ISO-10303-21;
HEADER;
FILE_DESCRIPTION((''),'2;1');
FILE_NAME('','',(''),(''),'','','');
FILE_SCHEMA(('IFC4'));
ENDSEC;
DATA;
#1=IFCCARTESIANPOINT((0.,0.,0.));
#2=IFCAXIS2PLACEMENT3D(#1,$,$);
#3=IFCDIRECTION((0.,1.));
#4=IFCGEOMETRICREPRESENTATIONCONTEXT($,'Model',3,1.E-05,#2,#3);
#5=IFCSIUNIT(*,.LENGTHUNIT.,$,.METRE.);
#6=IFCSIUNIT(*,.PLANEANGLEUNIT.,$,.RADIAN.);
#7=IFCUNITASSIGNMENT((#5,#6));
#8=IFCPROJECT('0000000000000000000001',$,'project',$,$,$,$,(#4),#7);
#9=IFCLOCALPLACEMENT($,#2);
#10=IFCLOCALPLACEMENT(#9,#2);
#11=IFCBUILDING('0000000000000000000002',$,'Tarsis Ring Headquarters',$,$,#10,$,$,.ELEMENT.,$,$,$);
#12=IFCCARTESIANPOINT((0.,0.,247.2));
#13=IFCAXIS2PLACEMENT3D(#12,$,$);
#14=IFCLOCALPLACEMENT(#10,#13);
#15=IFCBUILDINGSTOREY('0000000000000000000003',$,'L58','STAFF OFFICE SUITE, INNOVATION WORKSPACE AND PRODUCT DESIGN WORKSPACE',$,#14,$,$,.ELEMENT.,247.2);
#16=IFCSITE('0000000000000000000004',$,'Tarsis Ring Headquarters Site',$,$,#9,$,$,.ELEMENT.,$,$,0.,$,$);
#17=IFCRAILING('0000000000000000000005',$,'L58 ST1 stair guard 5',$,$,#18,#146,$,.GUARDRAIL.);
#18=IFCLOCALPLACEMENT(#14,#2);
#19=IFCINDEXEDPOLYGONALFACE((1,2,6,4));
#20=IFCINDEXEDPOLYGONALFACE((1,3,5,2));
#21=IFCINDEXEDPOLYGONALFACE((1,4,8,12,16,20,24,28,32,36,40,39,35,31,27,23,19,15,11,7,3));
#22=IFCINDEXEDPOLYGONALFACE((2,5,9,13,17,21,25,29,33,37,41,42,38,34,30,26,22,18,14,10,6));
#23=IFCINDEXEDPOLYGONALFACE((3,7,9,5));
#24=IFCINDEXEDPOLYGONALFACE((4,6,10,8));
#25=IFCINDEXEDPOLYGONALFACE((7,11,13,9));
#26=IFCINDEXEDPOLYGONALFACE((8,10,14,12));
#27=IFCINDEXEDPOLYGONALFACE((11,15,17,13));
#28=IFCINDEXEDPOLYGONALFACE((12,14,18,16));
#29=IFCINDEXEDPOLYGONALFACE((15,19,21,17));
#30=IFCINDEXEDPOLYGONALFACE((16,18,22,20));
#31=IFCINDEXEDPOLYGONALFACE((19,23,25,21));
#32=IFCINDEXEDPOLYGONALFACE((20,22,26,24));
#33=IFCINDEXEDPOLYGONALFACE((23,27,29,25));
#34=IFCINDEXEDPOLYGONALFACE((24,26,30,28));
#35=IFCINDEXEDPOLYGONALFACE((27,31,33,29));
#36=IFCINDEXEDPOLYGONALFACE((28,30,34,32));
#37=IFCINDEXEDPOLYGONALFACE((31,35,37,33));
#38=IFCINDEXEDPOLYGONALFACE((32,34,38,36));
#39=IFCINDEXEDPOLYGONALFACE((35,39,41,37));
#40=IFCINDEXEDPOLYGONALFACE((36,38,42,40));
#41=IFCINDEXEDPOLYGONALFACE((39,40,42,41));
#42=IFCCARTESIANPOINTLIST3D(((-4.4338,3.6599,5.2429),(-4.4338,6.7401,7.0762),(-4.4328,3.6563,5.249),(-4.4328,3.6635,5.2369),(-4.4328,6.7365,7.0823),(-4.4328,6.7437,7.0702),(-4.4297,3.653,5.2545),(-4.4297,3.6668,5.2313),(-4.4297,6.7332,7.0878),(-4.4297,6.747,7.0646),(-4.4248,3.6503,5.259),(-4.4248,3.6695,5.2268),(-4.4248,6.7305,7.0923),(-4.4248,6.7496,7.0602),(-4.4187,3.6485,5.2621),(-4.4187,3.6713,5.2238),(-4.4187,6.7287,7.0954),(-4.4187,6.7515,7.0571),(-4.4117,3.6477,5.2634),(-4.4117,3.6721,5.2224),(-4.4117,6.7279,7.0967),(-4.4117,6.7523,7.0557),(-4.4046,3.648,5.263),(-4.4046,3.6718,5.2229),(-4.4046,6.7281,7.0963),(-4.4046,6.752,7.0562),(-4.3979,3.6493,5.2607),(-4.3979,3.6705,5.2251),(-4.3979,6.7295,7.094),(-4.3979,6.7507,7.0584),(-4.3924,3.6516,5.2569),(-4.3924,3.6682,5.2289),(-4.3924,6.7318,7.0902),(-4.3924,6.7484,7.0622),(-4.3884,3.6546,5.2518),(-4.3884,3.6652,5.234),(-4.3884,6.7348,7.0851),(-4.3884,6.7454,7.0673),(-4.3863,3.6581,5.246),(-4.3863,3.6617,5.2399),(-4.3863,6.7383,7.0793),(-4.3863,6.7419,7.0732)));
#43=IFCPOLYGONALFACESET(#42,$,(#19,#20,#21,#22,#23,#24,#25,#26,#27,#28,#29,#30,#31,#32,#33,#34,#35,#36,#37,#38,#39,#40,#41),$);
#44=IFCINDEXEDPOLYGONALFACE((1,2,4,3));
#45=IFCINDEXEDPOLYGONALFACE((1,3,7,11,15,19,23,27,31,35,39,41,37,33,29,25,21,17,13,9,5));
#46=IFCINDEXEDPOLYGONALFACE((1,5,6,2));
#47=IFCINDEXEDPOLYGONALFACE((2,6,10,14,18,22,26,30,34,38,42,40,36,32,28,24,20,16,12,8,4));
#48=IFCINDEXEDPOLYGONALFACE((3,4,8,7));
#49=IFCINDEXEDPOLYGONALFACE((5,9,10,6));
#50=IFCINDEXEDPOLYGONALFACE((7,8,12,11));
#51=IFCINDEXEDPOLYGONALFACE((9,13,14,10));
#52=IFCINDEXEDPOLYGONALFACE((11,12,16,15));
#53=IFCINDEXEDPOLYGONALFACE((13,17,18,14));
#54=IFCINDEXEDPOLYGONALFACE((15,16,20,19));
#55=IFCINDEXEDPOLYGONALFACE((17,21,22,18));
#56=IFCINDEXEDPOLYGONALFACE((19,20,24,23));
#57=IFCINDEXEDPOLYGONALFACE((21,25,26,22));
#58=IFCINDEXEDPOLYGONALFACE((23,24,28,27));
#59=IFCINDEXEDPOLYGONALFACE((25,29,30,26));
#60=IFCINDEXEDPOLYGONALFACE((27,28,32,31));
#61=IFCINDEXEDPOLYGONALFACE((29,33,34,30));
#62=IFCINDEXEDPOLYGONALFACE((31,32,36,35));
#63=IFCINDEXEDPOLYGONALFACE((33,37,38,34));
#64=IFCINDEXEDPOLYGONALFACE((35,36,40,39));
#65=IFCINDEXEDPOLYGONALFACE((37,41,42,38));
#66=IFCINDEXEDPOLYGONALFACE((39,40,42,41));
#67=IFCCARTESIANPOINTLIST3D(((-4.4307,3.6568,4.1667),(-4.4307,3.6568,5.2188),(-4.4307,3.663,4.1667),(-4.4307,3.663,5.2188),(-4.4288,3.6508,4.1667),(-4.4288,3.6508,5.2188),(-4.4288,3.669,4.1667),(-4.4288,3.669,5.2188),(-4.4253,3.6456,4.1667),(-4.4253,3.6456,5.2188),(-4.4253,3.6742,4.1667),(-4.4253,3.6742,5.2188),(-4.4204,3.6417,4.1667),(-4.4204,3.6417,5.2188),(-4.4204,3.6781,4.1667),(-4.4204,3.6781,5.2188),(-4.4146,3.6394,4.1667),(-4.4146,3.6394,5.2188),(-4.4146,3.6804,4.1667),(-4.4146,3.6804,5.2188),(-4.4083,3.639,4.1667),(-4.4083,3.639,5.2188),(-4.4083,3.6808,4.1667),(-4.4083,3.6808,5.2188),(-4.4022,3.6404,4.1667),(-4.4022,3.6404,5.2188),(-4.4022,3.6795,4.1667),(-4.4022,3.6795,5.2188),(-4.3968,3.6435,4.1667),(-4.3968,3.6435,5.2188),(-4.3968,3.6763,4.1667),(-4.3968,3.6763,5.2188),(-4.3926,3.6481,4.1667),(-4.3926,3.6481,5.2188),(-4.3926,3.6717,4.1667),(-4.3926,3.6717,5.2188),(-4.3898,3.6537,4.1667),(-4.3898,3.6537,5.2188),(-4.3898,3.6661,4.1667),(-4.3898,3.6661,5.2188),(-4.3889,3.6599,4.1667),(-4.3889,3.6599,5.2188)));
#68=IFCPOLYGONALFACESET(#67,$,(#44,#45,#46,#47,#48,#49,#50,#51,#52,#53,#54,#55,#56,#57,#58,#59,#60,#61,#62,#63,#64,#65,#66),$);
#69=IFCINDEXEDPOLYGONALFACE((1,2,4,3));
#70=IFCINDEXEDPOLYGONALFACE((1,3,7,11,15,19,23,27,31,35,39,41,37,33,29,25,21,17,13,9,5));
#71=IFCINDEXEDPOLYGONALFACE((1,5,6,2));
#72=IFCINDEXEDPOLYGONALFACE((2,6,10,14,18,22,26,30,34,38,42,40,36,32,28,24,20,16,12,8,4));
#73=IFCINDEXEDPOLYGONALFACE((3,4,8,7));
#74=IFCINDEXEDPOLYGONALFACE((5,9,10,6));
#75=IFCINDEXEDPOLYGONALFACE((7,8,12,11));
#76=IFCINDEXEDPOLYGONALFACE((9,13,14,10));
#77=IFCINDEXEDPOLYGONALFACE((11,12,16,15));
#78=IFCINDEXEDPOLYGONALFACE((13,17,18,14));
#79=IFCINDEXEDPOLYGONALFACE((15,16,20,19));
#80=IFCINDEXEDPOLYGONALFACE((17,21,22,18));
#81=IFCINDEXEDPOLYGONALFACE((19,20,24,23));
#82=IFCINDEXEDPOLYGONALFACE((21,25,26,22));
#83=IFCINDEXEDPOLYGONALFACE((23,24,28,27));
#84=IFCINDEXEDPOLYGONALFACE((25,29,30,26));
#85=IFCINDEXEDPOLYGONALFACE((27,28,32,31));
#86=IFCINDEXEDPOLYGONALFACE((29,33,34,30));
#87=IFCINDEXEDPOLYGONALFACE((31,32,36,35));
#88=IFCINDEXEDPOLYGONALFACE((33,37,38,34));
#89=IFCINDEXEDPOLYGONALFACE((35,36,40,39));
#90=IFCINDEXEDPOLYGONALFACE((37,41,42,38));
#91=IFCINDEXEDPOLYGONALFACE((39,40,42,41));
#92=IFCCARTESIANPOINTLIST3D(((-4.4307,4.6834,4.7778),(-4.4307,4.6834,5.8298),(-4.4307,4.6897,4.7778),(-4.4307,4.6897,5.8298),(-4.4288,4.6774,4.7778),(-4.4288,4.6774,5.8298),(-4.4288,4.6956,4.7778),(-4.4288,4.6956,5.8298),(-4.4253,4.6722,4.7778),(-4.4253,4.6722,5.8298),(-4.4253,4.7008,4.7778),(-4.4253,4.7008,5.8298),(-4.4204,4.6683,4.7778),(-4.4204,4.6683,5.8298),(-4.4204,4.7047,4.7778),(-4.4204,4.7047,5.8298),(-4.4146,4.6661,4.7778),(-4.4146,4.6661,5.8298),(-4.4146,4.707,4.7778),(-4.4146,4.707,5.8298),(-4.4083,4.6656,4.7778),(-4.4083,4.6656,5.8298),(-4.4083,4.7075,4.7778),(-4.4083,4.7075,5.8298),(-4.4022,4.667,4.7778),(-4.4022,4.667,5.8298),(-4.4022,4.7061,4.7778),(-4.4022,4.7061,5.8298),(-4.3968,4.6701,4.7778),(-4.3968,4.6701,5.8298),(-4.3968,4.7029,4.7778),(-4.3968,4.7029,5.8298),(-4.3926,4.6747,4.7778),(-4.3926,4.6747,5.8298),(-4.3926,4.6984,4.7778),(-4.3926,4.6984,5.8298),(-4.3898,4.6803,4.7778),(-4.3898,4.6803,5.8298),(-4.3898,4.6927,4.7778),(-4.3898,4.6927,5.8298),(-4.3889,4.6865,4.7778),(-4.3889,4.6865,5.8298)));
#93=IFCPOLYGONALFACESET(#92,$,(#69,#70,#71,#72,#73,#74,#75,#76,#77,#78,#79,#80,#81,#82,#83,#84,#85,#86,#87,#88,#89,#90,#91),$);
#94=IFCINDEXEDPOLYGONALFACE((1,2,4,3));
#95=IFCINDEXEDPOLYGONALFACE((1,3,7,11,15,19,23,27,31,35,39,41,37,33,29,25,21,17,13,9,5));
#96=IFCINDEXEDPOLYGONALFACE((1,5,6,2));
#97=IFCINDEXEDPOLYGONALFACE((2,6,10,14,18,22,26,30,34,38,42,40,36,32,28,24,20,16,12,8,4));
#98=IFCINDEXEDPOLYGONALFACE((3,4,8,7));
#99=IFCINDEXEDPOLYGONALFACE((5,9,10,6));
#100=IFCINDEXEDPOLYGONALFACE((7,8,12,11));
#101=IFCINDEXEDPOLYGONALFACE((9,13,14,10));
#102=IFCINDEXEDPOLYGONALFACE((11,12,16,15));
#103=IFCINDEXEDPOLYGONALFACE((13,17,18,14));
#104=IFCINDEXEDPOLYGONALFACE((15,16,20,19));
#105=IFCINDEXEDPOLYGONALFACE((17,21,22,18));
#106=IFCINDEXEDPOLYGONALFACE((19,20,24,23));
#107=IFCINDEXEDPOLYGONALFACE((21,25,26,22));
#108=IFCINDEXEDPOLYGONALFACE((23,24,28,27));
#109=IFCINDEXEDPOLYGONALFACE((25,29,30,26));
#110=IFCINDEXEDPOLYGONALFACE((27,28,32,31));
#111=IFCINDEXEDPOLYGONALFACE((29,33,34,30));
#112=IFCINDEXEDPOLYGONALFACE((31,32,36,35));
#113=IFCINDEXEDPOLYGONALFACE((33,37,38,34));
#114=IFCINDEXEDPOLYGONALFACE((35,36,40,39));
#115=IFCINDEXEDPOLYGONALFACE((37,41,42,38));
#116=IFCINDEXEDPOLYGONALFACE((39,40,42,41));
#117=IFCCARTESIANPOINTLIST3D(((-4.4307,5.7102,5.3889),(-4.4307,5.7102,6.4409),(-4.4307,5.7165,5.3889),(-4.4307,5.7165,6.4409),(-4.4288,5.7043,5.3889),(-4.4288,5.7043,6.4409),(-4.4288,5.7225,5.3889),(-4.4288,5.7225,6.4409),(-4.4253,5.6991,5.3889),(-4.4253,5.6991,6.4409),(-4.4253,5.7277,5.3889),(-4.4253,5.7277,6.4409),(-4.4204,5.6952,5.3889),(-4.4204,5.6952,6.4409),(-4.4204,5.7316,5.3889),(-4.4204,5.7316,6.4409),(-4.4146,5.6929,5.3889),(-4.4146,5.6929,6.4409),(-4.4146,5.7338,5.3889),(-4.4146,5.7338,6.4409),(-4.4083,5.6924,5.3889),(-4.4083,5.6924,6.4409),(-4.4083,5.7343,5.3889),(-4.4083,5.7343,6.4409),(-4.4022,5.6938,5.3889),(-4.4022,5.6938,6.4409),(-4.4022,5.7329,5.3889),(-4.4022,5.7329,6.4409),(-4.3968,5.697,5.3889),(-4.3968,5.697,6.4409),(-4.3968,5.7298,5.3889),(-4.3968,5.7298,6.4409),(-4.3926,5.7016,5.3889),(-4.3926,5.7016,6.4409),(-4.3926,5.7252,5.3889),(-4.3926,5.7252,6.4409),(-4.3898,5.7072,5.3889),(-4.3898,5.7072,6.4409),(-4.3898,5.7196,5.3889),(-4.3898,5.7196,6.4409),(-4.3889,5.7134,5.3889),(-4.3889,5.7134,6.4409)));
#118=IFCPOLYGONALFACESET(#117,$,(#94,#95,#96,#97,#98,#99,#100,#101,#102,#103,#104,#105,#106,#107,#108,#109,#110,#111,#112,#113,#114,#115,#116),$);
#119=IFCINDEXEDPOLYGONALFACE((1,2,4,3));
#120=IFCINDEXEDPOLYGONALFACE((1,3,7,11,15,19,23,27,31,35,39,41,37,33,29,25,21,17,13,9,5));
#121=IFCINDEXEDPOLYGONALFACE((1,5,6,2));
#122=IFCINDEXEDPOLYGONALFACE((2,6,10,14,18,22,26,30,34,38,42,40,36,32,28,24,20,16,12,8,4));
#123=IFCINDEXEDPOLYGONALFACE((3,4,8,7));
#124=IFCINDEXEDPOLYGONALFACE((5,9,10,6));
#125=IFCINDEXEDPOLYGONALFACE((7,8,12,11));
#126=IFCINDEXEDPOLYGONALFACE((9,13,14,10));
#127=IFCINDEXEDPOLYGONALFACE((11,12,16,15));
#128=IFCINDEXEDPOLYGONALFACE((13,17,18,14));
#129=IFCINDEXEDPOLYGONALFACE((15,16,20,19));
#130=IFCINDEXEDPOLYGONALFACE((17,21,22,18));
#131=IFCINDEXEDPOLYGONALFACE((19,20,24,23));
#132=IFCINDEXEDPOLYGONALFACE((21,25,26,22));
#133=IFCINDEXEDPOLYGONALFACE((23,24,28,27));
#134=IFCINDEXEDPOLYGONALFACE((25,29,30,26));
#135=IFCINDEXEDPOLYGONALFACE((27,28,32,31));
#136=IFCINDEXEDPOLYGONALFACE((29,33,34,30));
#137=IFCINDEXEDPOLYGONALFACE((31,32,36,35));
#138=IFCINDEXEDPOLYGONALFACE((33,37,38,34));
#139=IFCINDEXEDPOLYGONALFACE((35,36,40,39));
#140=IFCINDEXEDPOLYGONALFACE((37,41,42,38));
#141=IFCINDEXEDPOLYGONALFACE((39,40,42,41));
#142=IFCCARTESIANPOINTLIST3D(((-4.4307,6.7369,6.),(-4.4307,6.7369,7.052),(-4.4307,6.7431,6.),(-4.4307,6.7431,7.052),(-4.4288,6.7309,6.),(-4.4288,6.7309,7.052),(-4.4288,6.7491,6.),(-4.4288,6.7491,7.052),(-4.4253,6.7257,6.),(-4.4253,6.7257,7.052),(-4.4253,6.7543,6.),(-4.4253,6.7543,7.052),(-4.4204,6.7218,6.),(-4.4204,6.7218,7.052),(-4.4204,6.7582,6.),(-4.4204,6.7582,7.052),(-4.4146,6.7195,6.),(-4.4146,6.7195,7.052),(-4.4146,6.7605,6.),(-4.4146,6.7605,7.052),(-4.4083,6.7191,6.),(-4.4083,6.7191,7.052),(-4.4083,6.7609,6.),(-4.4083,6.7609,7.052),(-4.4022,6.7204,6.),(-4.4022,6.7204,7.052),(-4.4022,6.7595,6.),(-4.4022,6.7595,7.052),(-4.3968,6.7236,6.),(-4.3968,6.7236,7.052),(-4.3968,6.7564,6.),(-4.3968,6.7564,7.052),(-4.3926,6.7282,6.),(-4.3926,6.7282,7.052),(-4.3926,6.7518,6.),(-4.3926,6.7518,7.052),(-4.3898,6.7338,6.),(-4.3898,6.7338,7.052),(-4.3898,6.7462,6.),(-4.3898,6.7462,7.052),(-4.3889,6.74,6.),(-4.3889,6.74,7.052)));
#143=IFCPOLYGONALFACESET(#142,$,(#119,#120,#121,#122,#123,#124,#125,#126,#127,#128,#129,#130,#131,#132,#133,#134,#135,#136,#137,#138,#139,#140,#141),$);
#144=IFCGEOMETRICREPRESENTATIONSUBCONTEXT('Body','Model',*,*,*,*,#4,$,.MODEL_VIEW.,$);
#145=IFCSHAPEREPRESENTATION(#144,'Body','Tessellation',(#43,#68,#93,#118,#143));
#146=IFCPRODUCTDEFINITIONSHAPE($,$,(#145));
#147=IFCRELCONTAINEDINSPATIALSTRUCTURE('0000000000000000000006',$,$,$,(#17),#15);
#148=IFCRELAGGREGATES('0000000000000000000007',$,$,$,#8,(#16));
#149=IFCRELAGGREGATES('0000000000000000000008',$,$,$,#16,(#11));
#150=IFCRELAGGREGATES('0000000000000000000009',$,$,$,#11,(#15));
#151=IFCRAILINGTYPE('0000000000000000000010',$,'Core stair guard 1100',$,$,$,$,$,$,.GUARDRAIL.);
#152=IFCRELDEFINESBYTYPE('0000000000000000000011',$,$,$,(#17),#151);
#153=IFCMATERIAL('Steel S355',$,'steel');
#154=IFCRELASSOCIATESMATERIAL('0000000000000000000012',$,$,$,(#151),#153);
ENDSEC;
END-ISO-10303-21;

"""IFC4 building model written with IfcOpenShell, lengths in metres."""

from ifc_helpers import new_model, si_unit, direction, frame, origin, origin_2d, place, context, subcontext, project, spatial, circle, extrude, material, type_object, element, save


model = new_model("IFC4")

# Units and contexts
model_context = context("Model", 3, precision=1e-05, world=origin(), true_north=direction((0.0, 1.0)))
body_context = subcontext(model_context, "Body", "Model", "MODEL_VIEW")
ifc_project = project(units=[si_unit("LENGTHUNIT", "METRE"), si_unit("PLANEANGLEUNIT", "RADIAN")], contexts=[model_context])

# Site, building, storey
site_placement = place(None, origin())
site = spatial("IfcSite", under=ifc_project, at=site_placement, Name="Tarsis Ring Headquarters Site", CompositionType="ELEMENT", RefElevation=0.0)
building_placement = place(site_placement, origin())
building = spatial("IfcBuilding", under=site, at=building_placement, Name="Tarsis Ring Headquarters", CompositionType="ELEMENT")
storey_placement = place(building_placement, frame((0.0, 0.0, 247.2)))
storey = spatial("IfcBuildingStorey", under=building, at=storey_placement, Name="L58", Description="STAFF OFFICE SUITE, INNOVATION WORKSPACE AND PRODUCT DESIGN WORKSPACE", CompositionType="ELEMENT", Elevation=247.2)

# Shared definitions
ifc_material_1 = material(Name="Steel S355", Category="steel")

# Railing
railing_type_1 = type_object("IfcRailingType", Name="Core stair guard 1100", PredefinedType="GUARDRAIL", material=ifc_material_1)
railing_1_placement = place(storey_placement, frame((-4.4099, 3.6599, 4.1667)))
element("IfcRailing", 1, at=railing_1_placement, inside=storey, type_object=railing_type_1, Name="L58 ST1 stair guard 5", PredefinedType="GUARDRAIL", context=body_context, shape_type="SweptSolid", body=[
    extrude(circle(Radius=0.0239, at=origin_2d()), frame((0.0, 0.0, 1.0762), z_axis=(0.0, 0.859309, 0.511458), x_axis=(-1.0, 0.0, 0.0)), (0.0, 0.0, 1.0), 3.5845),
    extrude(circle(Radius=0.021, at=origin_2d()), origin(), (0.0, 0.0, 1.0), 1.052),
    extrude(circle(Radius=0.021, at=origin_2d()), frame((0.0, 1.0266, 0.6111)), (0.0, 0.0, 1.0), 1.052),
    extrude(circle(Radius=0.021, at=origin_2d()), frame((0.0, 2.0535, 1.2222)), (0.0, 0.0, 1.0), 1.052),
    extrude(circle(Radius=0.021, at=origin_2d()), frame((0.0, 3.0801, 1.8333)), (0.0, 0.0, 1.0), 1.052),
])

save(model, "model.ifc")
